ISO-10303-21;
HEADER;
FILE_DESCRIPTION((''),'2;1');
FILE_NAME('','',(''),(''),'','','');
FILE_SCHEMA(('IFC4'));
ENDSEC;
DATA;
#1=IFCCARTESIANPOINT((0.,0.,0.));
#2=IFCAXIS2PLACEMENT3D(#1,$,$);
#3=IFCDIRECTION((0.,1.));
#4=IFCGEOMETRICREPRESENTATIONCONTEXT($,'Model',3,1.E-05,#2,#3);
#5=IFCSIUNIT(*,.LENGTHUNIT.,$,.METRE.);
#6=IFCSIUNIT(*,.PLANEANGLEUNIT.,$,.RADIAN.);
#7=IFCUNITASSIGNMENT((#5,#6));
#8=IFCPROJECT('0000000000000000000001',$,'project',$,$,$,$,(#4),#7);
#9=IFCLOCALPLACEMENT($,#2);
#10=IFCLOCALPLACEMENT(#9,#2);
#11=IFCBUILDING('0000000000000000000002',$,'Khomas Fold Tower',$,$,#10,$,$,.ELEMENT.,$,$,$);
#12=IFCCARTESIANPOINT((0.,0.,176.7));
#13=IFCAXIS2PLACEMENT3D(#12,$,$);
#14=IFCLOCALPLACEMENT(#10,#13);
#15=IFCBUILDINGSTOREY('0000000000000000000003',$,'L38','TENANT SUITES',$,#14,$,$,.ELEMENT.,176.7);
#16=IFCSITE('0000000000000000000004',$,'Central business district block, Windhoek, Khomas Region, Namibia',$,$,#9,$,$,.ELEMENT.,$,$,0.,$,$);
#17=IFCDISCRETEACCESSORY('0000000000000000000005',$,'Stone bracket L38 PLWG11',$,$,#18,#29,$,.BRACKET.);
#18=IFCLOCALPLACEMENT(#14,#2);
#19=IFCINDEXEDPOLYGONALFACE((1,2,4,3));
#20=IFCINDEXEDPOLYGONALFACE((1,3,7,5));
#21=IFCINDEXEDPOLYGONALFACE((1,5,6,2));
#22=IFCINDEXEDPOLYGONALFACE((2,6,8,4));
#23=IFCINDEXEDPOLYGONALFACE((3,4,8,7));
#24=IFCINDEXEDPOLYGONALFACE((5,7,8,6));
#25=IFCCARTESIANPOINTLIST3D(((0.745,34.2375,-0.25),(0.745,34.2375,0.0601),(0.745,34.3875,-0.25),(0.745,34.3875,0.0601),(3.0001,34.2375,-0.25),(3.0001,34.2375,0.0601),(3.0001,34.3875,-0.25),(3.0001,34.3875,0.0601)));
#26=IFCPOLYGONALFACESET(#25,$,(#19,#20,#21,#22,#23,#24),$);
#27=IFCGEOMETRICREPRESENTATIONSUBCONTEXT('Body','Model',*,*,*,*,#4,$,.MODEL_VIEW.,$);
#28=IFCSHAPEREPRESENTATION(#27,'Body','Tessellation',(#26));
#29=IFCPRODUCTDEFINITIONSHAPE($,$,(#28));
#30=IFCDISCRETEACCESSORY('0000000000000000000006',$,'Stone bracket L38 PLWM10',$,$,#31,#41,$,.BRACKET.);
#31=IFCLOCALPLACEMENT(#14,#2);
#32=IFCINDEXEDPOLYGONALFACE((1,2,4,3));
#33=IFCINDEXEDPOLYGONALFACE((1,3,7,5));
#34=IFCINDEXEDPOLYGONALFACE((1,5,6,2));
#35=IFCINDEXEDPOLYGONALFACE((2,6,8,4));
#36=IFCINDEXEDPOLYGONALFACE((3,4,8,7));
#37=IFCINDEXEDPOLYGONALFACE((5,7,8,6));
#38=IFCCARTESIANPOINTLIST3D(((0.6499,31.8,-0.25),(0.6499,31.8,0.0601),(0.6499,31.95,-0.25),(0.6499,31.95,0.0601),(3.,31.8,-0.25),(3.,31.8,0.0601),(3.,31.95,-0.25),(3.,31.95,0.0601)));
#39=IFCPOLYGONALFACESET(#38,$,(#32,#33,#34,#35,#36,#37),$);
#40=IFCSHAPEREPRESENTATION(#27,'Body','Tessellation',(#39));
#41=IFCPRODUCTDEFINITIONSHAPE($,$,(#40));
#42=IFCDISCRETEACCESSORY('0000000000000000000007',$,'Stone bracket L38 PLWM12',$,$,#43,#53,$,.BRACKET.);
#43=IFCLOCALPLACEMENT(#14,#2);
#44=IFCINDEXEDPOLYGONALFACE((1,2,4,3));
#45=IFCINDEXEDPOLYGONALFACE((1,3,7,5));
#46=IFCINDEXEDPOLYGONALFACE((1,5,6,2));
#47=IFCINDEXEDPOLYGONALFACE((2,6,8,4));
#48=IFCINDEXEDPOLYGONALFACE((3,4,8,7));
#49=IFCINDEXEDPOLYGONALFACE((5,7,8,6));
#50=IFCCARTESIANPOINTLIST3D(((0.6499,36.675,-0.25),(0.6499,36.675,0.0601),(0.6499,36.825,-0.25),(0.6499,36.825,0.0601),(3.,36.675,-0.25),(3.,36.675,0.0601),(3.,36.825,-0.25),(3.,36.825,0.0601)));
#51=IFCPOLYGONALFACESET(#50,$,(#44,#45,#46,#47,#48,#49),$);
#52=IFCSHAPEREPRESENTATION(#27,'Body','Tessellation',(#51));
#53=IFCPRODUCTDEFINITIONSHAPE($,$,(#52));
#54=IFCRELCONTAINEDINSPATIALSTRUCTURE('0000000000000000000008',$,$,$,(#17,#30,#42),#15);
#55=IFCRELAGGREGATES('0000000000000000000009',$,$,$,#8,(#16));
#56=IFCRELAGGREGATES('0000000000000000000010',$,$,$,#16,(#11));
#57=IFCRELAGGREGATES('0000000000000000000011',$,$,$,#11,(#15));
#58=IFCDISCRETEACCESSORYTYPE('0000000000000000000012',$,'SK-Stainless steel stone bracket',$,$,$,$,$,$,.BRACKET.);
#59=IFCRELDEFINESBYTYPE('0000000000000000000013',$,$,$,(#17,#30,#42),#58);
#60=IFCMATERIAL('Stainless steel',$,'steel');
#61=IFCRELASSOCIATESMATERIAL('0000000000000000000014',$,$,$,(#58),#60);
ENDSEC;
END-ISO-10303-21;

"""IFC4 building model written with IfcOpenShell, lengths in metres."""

from ifc_helpers import new_model, si_unit, direction, frame, origin, origin_2d, place, context, subcontext, project, spatial, rectangle, extrude, source, transform, mapped, material, type_object, element, save


model = new_model("IFC4")

# Units and contexts
model_context = context("Model", 3, precision=1e-05, world=origin(), true_north=direction((0.0, 1.0)))
body_context = subcontext(model_context, "Body", "Model", "MODEL_VIEW")
ifc_project = project(units=[si_unit("LENGTHUNIT", "METRE"), si_unit("PLANEANGLEUNIT", "RADIAN")], contexts=[model_context])

# Site, building, storey
site_placement = place(None, origin())
site = spatial("IfcSite", under=ifc_project, at=site_placement, Name="Central business district block, Windhoek, Khomas Region, Namibia", CompositionType="ELEMENT", RefElevation=0.0)
building_placement = place(site_placement, origin())
building = spatial("IfcBuilding", under=site, at=building_placement, Name="Khomas Fold Tower", CompositionType="ELEMENT")
storey_placement = place(building_placement, frame((0.0, 0.0, 176.7)))
storey = spatial("IfcBuildingStorey", under=building, at=storey_placement, Name="L38", Description="TENANT SUITES", CompositionType="ELEMENT", Elevation=176.7)

# Discrete accessories
ifc_material_1 = material(Name="Stainless steel", Category="steel")
discrete_accessory_type = type_object("IfcDiscreteAccessoryType", Name="SK-Stainless steel stone bracket", PredefinedType="BRACKET", material=ifc_material_1)
shared_shape_1 = source(origin(), body_context, "Body", "SweptSolid", [
    extrude(rectangle(XDim=2.2551, YDim=0.1499, at=origin_2d()), origin(), (0.0, 0.0, 1.0), 0.3101),
])
discrete_accessory_placement = place(storey_placement, frame((1.8726, 34.3125, -0.25), z_axis=(0.0, 0.0, 1.0), x_axis=(-1.0, 0.0, 0.0)))
element("IfcDiscreteAccessory", 1, at=discrete_accessory_placement, inside=storey, type_object=discrete_accessory_type, Name="Stone bracket L38 PLWG11", PredefinedType="BRACKET", context=body_context, shape_type="MappedRepresentation", body=[
    mapped(shared_shape_1, transform((0.0, 0.0, 0.0))),
])
shared_shape_2 = source(origin(), body_context, "Body", "SweptSolid", [
    extrude(rectangle(XDim=2.3501, YDim=0.1499, at=origin_2d()), origin(), (0.0, 0.0, 1.0), 0.3101),
])
for number, where, z_axis, x_axis, name in (
    (2, (1.825, 31.875, -0.25), (0.0, 0.0, 1.0), (-1.0, 0.0, 0.0), "Stone bracket L38 PLWM10"),
    (3, (1.825, 36.75, -0.25), (0.0, 0.0, 1.0), (-1.0, 0.0, 0.0), "Stone bracket L38 PLWM12"),
):
    element("IfcDiscreteAccessory", number, at=place(storey_placement, frame(where, z_axis=z_axis, x_axis=x_axis)), inside=storey, type_object=discrete_accessory_type, Name=name, PredefinedType="BRACKET", context=body_context, shape_type="MappedRepresentation", body=[
        mapped(shared_shape_2, transform((0.0, 0.0, 0.0))),
    ])

save(model, "model.ifc")
